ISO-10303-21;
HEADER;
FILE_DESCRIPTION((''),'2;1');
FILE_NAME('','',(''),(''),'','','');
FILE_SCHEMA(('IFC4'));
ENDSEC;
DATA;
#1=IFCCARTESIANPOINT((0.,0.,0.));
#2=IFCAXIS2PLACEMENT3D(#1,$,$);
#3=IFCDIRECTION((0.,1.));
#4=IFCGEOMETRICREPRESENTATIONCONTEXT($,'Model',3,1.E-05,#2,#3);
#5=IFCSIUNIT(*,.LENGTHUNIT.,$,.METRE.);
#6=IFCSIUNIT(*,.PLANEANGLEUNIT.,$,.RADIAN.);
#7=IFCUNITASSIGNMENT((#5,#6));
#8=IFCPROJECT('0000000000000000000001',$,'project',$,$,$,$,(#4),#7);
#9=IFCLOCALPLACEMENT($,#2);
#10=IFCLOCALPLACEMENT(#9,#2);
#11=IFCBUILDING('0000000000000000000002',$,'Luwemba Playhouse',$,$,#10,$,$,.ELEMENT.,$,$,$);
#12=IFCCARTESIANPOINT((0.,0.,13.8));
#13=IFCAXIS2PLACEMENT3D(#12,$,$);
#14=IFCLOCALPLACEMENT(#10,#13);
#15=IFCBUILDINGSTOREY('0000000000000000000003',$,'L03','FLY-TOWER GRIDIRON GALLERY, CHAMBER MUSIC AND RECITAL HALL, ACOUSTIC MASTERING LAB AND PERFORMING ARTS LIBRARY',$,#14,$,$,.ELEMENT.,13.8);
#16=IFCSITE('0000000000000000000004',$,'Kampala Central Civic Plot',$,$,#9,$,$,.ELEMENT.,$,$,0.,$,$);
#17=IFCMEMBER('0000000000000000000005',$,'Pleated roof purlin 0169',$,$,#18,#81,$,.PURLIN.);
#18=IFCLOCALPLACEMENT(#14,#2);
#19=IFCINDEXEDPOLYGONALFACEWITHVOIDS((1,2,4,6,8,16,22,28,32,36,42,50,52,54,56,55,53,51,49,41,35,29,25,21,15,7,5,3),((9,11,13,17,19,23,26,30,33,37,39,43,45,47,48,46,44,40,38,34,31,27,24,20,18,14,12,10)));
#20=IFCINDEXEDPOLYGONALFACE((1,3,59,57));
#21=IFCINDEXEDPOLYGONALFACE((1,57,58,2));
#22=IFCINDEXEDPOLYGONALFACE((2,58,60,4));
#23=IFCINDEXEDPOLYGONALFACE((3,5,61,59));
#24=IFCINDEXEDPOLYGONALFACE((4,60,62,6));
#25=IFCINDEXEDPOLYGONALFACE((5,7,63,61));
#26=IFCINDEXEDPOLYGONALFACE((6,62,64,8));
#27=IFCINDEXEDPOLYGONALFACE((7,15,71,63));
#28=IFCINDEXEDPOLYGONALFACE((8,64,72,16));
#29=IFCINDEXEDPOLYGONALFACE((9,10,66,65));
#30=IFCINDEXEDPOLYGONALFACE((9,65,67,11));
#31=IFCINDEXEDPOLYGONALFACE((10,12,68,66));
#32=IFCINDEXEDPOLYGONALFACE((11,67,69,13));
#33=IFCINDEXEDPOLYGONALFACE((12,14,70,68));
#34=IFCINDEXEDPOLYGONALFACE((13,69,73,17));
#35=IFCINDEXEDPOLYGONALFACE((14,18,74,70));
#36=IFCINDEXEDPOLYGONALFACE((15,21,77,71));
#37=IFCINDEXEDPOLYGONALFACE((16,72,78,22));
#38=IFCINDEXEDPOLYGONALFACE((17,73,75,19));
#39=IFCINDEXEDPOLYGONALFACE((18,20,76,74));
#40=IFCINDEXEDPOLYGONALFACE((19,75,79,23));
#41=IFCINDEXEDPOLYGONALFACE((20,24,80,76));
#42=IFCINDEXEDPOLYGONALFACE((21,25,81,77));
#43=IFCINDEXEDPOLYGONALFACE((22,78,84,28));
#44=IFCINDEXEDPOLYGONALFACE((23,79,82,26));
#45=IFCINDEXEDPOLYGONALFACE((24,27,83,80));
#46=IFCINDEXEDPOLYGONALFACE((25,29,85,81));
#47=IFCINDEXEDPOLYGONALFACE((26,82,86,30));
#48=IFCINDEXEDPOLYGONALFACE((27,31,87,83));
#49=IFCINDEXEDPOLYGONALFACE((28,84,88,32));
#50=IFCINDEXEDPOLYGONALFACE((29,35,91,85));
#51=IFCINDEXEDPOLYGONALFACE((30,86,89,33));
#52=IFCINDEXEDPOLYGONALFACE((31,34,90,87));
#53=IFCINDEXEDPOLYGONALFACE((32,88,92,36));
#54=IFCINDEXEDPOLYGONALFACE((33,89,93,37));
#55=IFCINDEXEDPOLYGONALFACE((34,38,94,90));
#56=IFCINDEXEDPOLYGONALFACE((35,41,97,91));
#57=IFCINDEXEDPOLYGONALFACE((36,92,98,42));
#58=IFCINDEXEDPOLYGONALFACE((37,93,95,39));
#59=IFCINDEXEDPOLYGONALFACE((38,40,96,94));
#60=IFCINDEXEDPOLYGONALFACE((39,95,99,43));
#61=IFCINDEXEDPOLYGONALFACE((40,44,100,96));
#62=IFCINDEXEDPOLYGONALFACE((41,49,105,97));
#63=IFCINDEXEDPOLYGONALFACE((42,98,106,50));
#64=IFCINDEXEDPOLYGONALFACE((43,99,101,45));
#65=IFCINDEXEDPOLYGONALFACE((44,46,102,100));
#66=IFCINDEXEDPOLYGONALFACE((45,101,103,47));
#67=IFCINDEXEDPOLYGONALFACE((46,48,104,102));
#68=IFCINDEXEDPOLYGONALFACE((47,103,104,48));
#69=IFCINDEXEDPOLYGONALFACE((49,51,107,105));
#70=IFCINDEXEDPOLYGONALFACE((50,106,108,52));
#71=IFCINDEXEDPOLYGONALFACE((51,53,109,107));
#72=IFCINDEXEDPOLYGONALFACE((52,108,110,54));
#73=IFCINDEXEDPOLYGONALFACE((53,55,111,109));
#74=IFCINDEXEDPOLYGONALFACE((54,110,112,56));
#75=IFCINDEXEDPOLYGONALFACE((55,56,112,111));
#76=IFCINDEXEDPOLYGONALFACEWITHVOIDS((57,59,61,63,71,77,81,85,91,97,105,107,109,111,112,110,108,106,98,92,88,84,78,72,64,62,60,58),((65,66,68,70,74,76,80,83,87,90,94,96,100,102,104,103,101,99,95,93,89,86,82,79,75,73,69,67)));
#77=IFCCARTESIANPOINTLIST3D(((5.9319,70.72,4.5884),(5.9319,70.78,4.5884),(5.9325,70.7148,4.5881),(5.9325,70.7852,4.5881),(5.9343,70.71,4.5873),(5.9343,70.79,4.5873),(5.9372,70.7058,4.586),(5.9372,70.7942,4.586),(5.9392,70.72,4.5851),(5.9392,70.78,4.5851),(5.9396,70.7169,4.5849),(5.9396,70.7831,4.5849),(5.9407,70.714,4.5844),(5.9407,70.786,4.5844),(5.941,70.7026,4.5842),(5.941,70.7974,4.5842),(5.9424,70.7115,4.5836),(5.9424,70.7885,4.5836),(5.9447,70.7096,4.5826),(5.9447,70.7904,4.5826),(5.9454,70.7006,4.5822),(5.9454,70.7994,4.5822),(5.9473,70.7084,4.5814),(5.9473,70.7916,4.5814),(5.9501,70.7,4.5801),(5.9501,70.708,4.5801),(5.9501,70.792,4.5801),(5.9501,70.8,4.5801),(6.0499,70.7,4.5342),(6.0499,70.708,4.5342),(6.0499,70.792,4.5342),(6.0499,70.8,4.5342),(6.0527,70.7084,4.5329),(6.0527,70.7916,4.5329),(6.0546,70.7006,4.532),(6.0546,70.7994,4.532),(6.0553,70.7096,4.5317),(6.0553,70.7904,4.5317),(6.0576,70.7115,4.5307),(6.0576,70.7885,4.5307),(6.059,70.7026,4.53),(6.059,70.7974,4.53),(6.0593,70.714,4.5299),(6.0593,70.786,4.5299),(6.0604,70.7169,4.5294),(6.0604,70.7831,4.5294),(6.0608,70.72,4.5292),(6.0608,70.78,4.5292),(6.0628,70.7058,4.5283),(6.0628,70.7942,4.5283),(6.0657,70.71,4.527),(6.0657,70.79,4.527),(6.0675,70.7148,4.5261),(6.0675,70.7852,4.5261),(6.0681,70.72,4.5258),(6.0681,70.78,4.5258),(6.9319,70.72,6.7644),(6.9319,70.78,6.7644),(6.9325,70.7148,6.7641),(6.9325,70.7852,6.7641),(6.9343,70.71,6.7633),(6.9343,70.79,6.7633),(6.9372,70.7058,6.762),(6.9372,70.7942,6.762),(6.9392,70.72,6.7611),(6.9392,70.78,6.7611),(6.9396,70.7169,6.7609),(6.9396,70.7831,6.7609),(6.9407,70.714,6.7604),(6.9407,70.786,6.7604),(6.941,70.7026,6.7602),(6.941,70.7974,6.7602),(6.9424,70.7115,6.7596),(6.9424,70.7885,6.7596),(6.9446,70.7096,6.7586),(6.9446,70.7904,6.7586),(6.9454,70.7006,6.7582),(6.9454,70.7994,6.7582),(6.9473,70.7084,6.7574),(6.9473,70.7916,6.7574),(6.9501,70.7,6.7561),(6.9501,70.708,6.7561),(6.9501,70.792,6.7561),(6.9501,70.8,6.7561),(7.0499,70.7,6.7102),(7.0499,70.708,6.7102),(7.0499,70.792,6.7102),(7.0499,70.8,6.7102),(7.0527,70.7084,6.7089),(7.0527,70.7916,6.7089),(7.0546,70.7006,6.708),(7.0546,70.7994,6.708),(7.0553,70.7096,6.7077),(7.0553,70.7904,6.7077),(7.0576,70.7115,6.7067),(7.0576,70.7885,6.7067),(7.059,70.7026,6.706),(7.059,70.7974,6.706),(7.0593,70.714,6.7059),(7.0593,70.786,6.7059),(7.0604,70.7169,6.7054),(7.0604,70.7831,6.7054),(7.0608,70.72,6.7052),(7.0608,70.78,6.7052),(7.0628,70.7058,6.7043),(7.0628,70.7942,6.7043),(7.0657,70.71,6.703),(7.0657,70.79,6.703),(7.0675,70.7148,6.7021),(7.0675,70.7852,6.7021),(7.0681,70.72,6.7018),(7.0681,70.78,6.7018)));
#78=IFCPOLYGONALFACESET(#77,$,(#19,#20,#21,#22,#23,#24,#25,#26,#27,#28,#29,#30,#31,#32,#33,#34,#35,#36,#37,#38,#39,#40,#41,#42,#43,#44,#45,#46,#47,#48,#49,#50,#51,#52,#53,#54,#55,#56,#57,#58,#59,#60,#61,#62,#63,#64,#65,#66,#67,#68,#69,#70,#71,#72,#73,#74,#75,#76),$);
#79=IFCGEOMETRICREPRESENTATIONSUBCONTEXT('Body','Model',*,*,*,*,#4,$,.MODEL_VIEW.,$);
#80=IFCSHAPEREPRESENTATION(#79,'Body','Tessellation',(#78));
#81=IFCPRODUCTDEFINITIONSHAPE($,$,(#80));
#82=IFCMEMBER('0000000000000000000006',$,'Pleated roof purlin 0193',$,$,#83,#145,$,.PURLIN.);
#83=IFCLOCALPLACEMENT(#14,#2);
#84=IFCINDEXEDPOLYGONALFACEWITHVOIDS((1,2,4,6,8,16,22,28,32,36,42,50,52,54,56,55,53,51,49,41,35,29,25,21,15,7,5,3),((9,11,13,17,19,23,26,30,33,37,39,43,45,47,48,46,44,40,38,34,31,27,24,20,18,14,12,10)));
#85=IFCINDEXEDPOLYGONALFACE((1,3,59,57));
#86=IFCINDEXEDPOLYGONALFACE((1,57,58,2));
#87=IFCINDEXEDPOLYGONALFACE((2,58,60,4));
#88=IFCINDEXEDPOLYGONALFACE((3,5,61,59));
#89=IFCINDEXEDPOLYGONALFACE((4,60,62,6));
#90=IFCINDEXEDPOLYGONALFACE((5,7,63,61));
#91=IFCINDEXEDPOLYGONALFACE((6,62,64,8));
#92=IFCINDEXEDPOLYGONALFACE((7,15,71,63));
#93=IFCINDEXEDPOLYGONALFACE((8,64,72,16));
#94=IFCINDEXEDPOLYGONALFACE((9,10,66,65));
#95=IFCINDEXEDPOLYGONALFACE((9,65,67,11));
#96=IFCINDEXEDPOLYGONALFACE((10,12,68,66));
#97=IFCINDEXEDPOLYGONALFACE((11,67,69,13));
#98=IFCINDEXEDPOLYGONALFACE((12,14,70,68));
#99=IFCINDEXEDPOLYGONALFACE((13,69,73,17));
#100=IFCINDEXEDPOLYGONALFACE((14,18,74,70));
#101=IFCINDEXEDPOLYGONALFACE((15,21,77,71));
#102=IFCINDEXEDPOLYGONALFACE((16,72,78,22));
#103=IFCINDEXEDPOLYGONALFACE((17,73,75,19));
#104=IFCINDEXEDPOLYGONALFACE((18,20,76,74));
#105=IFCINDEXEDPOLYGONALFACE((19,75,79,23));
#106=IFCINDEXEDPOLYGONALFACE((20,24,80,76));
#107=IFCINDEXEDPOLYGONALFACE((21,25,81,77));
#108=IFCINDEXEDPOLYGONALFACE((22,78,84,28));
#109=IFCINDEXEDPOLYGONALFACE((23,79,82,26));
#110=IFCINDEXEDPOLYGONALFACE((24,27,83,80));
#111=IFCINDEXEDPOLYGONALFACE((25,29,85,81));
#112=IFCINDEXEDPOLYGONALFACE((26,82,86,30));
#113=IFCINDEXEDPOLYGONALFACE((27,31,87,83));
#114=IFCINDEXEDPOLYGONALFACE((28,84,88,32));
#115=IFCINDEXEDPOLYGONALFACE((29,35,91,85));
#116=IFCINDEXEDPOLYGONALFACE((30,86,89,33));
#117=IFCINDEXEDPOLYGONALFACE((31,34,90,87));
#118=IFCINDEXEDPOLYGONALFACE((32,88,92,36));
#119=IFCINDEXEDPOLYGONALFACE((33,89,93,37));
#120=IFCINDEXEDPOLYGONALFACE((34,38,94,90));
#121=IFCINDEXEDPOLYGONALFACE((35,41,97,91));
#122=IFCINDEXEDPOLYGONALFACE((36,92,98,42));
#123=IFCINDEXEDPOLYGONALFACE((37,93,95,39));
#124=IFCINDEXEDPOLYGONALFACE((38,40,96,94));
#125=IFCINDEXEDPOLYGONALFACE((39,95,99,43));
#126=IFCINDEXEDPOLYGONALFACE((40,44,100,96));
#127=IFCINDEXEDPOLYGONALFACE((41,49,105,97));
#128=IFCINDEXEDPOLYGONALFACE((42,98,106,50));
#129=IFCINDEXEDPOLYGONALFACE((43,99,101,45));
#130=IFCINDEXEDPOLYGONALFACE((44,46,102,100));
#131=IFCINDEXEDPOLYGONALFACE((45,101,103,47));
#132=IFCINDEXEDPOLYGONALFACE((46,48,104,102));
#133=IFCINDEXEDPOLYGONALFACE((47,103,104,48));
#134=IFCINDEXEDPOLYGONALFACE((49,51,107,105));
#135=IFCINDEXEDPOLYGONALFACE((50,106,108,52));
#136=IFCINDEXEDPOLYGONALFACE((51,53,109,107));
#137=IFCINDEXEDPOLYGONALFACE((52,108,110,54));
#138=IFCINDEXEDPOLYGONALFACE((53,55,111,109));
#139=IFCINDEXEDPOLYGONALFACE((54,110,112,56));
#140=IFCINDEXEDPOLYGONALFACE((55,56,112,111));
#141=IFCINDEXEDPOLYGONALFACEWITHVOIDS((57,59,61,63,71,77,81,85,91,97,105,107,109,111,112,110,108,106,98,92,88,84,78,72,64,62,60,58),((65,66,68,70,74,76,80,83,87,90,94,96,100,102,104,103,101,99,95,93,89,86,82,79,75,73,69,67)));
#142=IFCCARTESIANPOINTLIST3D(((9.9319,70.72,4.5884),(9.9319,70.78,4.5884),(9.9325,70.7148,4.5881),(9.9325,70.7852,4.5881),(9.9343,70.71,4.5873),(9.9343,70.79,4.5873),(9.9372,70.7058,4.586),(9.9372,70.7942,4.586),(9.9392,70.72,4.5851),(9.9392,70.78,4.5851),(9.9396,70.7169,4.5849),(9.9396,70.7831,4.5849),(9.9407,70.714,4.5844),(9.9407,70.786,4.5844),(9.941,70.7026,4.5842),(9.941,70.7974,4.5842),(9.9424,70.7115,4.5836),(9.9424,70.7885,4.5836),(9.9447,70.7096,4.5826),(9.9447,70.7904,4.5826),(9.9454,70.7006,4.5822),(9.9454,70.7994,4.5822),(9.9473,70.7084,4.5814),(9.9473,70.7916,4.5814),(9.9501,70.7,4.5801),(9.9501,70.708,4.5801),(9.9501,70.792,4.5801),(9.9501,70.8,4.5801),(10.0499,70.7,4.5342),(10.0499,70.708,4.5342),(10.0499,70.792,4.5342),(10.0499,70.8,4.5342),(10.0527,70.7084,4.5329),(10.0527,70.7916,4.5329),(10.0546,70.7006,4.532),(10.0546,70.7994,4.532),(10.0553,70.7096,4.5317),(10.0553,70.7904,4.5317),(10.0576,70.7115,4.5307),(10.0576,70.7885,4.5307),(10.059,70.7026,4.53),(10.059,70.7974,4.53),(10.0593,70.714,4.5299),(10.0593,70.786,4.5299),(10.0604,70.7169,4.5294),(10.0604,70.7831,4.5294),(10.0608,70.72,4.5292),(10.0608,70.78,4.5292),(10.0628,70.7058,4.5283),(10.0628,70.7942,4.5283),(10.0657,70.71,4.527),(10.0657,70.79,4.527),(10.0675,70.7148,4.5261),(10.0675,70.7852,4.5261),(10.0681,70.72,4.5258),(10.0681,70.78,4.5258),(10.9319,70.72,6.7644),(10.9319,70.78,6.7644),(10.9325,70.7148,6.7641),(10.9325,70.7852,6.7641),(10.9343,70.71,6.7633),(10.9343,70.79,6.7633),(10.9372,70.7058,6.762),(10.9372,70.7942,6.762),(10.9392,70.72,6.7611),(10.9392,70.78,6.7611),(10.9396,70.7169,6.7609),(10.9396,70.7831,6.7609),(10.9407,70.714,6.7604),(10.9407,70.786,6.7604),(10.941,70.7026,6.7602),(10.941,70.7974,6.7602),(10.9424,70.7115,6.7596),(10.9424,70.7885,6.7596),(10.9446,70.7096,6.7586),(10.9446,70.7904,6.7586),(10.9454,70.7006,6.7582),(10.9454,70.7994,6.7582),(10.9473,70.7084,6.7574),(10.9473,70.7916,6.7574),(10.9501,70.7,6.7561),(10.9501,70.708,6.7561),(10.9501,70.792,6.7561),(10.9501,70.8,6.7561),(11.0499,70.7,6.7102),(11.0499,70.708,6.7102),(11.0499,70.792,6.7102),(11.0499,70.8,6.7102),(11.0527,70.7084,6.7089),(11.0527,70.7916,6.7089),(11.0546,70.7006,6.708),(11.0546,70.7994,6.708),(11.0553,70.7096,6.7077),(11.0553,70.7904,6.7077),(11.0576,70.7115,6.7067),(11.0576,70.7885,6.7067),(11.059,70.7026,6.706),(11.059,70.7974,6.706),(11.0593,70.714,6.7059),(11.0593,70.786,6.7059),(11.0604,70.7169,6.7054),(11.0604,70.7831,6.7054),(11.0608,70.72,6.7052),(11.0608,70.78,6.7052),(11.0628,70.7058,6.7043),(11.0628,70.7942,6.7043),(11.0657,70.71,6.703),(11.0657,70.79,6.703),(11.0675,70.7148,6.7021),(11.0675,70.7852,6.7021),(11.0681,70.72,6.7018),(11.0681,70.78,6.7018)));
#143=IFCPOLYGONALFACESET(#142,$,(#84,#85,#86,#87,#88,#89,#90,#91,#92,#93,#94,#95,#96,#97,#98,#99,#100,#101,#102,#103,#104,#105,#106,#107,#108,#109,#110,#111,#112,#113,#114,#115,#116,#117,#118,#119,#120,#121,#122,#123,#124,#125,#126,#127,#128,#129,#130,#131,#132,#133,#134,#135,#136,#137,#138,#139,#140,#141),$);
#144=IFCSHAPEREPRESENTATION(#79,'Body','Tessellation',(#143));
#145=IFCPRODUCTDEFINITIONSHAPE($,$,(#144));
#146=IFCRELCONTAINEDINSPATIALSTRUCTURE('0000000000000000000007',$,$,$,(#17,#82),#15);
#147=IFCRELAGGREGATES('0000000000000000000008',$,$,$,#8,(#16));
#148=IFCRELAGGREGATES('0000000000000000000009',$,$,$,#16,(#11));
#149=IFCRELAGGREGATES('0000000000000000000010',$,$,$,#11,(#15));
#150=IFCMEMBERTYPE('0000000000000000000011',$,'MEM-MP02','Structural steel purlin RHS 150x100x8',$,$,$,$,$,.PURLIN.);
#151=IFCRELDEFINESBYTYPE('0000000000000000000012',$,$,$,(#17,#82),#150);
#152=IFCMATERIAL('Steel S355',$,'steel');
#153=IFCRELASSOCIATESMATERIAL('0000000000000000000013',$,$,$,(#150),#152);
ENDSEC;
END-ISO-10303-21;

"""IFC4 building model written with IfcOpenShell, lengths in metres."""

from ifc_helpers import new_model, si_unit, direction, frame, origin, origin_2d, place, context, subcontext, project, spatial, hollow_rectangle, extrude, material, material_profile, profile_set, type_object, element, save


model = new_model("IFC4")

# Units and contexts
model_context = context("Model", 3, precision=1e-05, world=origin(), true_north=direction((0.0, 1.0)))
body_context = subcontext(model_context, "Body", "Model", "MODEL_VIEW")
ifc_project = project(units=[si_unit("LENGTHUNIT", "METRE"), si_unit("PLANEANGLEUNIT", "RADIAN")], contexts=[model_context])

# Site, building, storey
site_placement = place(None, origin())
site = spatial("IfcSite", under=ifc_project, at=site_placement, Name="Kampala Central Civic Plot", CompositionType="ELEMENT", RefElevation=0.0)
building_placement = place(site_placement, origin())
building = spatial("IfcBuilding", under=site, at=building_placement, Name="Luwemba Playhouse", CompositionType="ELEMENT")
storey_placement = place(building_placement, frame((0.0, 0.0, 13.8)))
storey = spatial("IfcBuildingStorey", under=building, at=storey_placement, Name="L03", Description="FLY-TOWER GRIDIRON GALLERY, CHAMBER MUSIC AND RECITAL HALL, ACOUSTIC MASTERING LAB AND PERFORMING ARTS LIBRARY", CompositionType="ELEMENT", Elevation=13.8)

# Shared definitions
ifc_material_1 = material(Name="Steel S355", Category="steel")

# Members
ifc_material_profile_1 = material_profile(ifc_material_1, hollow_rectangle(XDim=0.1001, YDim=0.1499, WallThickness=0.0081, InnerFilletRadius=0.012, OuterFilletRadius=0.02, at=origin_2d()))
ifc_profile_set_1 = profile_set([ifc_material_profile_1], Name="Steel S355")
member_type_1 = type_object("IfcMemberType", Name="MEM-MP02", Description="Structural steel purlin RHS 150x100x8", PredefinedType="PURLIN", material=ifc_profile_set_1)
for number, where, z_axis, x_axis, name in (
    (1, (6.0, 70.75, 4.5571), (0.417571, 0.0, 0.908644), (0.0, 1.0, 0.0), "Pleated roof purlin 0169"),
    (2, (10.0, 70.75, 4.5571), (0.417571, 0.0, 0.908644), (0.0, 1.0, 0.0), "Pleated roof purlin 0193"),
):
    element("IfcMember", number, at=place(storey_placement, frame(where, z_axis=z_axis, x_axis=x_axis)), inside=storey, type_object=member_type_1, Name=name, PredefinedType="PURLIN", context=body_context, shape_type="SweptSolid", body=[
        extrude(hollow_rectangle(XDim=0.1001, YDim=0.1499, WallThickness=0.0081, InnerFilletRadius=0.012, OuterFilletRadius=0.02, at=origin_2d()), origin(), (0.0, 0.0, 1.0), 2.3948),
    ])

save(model, "model.ifc")
